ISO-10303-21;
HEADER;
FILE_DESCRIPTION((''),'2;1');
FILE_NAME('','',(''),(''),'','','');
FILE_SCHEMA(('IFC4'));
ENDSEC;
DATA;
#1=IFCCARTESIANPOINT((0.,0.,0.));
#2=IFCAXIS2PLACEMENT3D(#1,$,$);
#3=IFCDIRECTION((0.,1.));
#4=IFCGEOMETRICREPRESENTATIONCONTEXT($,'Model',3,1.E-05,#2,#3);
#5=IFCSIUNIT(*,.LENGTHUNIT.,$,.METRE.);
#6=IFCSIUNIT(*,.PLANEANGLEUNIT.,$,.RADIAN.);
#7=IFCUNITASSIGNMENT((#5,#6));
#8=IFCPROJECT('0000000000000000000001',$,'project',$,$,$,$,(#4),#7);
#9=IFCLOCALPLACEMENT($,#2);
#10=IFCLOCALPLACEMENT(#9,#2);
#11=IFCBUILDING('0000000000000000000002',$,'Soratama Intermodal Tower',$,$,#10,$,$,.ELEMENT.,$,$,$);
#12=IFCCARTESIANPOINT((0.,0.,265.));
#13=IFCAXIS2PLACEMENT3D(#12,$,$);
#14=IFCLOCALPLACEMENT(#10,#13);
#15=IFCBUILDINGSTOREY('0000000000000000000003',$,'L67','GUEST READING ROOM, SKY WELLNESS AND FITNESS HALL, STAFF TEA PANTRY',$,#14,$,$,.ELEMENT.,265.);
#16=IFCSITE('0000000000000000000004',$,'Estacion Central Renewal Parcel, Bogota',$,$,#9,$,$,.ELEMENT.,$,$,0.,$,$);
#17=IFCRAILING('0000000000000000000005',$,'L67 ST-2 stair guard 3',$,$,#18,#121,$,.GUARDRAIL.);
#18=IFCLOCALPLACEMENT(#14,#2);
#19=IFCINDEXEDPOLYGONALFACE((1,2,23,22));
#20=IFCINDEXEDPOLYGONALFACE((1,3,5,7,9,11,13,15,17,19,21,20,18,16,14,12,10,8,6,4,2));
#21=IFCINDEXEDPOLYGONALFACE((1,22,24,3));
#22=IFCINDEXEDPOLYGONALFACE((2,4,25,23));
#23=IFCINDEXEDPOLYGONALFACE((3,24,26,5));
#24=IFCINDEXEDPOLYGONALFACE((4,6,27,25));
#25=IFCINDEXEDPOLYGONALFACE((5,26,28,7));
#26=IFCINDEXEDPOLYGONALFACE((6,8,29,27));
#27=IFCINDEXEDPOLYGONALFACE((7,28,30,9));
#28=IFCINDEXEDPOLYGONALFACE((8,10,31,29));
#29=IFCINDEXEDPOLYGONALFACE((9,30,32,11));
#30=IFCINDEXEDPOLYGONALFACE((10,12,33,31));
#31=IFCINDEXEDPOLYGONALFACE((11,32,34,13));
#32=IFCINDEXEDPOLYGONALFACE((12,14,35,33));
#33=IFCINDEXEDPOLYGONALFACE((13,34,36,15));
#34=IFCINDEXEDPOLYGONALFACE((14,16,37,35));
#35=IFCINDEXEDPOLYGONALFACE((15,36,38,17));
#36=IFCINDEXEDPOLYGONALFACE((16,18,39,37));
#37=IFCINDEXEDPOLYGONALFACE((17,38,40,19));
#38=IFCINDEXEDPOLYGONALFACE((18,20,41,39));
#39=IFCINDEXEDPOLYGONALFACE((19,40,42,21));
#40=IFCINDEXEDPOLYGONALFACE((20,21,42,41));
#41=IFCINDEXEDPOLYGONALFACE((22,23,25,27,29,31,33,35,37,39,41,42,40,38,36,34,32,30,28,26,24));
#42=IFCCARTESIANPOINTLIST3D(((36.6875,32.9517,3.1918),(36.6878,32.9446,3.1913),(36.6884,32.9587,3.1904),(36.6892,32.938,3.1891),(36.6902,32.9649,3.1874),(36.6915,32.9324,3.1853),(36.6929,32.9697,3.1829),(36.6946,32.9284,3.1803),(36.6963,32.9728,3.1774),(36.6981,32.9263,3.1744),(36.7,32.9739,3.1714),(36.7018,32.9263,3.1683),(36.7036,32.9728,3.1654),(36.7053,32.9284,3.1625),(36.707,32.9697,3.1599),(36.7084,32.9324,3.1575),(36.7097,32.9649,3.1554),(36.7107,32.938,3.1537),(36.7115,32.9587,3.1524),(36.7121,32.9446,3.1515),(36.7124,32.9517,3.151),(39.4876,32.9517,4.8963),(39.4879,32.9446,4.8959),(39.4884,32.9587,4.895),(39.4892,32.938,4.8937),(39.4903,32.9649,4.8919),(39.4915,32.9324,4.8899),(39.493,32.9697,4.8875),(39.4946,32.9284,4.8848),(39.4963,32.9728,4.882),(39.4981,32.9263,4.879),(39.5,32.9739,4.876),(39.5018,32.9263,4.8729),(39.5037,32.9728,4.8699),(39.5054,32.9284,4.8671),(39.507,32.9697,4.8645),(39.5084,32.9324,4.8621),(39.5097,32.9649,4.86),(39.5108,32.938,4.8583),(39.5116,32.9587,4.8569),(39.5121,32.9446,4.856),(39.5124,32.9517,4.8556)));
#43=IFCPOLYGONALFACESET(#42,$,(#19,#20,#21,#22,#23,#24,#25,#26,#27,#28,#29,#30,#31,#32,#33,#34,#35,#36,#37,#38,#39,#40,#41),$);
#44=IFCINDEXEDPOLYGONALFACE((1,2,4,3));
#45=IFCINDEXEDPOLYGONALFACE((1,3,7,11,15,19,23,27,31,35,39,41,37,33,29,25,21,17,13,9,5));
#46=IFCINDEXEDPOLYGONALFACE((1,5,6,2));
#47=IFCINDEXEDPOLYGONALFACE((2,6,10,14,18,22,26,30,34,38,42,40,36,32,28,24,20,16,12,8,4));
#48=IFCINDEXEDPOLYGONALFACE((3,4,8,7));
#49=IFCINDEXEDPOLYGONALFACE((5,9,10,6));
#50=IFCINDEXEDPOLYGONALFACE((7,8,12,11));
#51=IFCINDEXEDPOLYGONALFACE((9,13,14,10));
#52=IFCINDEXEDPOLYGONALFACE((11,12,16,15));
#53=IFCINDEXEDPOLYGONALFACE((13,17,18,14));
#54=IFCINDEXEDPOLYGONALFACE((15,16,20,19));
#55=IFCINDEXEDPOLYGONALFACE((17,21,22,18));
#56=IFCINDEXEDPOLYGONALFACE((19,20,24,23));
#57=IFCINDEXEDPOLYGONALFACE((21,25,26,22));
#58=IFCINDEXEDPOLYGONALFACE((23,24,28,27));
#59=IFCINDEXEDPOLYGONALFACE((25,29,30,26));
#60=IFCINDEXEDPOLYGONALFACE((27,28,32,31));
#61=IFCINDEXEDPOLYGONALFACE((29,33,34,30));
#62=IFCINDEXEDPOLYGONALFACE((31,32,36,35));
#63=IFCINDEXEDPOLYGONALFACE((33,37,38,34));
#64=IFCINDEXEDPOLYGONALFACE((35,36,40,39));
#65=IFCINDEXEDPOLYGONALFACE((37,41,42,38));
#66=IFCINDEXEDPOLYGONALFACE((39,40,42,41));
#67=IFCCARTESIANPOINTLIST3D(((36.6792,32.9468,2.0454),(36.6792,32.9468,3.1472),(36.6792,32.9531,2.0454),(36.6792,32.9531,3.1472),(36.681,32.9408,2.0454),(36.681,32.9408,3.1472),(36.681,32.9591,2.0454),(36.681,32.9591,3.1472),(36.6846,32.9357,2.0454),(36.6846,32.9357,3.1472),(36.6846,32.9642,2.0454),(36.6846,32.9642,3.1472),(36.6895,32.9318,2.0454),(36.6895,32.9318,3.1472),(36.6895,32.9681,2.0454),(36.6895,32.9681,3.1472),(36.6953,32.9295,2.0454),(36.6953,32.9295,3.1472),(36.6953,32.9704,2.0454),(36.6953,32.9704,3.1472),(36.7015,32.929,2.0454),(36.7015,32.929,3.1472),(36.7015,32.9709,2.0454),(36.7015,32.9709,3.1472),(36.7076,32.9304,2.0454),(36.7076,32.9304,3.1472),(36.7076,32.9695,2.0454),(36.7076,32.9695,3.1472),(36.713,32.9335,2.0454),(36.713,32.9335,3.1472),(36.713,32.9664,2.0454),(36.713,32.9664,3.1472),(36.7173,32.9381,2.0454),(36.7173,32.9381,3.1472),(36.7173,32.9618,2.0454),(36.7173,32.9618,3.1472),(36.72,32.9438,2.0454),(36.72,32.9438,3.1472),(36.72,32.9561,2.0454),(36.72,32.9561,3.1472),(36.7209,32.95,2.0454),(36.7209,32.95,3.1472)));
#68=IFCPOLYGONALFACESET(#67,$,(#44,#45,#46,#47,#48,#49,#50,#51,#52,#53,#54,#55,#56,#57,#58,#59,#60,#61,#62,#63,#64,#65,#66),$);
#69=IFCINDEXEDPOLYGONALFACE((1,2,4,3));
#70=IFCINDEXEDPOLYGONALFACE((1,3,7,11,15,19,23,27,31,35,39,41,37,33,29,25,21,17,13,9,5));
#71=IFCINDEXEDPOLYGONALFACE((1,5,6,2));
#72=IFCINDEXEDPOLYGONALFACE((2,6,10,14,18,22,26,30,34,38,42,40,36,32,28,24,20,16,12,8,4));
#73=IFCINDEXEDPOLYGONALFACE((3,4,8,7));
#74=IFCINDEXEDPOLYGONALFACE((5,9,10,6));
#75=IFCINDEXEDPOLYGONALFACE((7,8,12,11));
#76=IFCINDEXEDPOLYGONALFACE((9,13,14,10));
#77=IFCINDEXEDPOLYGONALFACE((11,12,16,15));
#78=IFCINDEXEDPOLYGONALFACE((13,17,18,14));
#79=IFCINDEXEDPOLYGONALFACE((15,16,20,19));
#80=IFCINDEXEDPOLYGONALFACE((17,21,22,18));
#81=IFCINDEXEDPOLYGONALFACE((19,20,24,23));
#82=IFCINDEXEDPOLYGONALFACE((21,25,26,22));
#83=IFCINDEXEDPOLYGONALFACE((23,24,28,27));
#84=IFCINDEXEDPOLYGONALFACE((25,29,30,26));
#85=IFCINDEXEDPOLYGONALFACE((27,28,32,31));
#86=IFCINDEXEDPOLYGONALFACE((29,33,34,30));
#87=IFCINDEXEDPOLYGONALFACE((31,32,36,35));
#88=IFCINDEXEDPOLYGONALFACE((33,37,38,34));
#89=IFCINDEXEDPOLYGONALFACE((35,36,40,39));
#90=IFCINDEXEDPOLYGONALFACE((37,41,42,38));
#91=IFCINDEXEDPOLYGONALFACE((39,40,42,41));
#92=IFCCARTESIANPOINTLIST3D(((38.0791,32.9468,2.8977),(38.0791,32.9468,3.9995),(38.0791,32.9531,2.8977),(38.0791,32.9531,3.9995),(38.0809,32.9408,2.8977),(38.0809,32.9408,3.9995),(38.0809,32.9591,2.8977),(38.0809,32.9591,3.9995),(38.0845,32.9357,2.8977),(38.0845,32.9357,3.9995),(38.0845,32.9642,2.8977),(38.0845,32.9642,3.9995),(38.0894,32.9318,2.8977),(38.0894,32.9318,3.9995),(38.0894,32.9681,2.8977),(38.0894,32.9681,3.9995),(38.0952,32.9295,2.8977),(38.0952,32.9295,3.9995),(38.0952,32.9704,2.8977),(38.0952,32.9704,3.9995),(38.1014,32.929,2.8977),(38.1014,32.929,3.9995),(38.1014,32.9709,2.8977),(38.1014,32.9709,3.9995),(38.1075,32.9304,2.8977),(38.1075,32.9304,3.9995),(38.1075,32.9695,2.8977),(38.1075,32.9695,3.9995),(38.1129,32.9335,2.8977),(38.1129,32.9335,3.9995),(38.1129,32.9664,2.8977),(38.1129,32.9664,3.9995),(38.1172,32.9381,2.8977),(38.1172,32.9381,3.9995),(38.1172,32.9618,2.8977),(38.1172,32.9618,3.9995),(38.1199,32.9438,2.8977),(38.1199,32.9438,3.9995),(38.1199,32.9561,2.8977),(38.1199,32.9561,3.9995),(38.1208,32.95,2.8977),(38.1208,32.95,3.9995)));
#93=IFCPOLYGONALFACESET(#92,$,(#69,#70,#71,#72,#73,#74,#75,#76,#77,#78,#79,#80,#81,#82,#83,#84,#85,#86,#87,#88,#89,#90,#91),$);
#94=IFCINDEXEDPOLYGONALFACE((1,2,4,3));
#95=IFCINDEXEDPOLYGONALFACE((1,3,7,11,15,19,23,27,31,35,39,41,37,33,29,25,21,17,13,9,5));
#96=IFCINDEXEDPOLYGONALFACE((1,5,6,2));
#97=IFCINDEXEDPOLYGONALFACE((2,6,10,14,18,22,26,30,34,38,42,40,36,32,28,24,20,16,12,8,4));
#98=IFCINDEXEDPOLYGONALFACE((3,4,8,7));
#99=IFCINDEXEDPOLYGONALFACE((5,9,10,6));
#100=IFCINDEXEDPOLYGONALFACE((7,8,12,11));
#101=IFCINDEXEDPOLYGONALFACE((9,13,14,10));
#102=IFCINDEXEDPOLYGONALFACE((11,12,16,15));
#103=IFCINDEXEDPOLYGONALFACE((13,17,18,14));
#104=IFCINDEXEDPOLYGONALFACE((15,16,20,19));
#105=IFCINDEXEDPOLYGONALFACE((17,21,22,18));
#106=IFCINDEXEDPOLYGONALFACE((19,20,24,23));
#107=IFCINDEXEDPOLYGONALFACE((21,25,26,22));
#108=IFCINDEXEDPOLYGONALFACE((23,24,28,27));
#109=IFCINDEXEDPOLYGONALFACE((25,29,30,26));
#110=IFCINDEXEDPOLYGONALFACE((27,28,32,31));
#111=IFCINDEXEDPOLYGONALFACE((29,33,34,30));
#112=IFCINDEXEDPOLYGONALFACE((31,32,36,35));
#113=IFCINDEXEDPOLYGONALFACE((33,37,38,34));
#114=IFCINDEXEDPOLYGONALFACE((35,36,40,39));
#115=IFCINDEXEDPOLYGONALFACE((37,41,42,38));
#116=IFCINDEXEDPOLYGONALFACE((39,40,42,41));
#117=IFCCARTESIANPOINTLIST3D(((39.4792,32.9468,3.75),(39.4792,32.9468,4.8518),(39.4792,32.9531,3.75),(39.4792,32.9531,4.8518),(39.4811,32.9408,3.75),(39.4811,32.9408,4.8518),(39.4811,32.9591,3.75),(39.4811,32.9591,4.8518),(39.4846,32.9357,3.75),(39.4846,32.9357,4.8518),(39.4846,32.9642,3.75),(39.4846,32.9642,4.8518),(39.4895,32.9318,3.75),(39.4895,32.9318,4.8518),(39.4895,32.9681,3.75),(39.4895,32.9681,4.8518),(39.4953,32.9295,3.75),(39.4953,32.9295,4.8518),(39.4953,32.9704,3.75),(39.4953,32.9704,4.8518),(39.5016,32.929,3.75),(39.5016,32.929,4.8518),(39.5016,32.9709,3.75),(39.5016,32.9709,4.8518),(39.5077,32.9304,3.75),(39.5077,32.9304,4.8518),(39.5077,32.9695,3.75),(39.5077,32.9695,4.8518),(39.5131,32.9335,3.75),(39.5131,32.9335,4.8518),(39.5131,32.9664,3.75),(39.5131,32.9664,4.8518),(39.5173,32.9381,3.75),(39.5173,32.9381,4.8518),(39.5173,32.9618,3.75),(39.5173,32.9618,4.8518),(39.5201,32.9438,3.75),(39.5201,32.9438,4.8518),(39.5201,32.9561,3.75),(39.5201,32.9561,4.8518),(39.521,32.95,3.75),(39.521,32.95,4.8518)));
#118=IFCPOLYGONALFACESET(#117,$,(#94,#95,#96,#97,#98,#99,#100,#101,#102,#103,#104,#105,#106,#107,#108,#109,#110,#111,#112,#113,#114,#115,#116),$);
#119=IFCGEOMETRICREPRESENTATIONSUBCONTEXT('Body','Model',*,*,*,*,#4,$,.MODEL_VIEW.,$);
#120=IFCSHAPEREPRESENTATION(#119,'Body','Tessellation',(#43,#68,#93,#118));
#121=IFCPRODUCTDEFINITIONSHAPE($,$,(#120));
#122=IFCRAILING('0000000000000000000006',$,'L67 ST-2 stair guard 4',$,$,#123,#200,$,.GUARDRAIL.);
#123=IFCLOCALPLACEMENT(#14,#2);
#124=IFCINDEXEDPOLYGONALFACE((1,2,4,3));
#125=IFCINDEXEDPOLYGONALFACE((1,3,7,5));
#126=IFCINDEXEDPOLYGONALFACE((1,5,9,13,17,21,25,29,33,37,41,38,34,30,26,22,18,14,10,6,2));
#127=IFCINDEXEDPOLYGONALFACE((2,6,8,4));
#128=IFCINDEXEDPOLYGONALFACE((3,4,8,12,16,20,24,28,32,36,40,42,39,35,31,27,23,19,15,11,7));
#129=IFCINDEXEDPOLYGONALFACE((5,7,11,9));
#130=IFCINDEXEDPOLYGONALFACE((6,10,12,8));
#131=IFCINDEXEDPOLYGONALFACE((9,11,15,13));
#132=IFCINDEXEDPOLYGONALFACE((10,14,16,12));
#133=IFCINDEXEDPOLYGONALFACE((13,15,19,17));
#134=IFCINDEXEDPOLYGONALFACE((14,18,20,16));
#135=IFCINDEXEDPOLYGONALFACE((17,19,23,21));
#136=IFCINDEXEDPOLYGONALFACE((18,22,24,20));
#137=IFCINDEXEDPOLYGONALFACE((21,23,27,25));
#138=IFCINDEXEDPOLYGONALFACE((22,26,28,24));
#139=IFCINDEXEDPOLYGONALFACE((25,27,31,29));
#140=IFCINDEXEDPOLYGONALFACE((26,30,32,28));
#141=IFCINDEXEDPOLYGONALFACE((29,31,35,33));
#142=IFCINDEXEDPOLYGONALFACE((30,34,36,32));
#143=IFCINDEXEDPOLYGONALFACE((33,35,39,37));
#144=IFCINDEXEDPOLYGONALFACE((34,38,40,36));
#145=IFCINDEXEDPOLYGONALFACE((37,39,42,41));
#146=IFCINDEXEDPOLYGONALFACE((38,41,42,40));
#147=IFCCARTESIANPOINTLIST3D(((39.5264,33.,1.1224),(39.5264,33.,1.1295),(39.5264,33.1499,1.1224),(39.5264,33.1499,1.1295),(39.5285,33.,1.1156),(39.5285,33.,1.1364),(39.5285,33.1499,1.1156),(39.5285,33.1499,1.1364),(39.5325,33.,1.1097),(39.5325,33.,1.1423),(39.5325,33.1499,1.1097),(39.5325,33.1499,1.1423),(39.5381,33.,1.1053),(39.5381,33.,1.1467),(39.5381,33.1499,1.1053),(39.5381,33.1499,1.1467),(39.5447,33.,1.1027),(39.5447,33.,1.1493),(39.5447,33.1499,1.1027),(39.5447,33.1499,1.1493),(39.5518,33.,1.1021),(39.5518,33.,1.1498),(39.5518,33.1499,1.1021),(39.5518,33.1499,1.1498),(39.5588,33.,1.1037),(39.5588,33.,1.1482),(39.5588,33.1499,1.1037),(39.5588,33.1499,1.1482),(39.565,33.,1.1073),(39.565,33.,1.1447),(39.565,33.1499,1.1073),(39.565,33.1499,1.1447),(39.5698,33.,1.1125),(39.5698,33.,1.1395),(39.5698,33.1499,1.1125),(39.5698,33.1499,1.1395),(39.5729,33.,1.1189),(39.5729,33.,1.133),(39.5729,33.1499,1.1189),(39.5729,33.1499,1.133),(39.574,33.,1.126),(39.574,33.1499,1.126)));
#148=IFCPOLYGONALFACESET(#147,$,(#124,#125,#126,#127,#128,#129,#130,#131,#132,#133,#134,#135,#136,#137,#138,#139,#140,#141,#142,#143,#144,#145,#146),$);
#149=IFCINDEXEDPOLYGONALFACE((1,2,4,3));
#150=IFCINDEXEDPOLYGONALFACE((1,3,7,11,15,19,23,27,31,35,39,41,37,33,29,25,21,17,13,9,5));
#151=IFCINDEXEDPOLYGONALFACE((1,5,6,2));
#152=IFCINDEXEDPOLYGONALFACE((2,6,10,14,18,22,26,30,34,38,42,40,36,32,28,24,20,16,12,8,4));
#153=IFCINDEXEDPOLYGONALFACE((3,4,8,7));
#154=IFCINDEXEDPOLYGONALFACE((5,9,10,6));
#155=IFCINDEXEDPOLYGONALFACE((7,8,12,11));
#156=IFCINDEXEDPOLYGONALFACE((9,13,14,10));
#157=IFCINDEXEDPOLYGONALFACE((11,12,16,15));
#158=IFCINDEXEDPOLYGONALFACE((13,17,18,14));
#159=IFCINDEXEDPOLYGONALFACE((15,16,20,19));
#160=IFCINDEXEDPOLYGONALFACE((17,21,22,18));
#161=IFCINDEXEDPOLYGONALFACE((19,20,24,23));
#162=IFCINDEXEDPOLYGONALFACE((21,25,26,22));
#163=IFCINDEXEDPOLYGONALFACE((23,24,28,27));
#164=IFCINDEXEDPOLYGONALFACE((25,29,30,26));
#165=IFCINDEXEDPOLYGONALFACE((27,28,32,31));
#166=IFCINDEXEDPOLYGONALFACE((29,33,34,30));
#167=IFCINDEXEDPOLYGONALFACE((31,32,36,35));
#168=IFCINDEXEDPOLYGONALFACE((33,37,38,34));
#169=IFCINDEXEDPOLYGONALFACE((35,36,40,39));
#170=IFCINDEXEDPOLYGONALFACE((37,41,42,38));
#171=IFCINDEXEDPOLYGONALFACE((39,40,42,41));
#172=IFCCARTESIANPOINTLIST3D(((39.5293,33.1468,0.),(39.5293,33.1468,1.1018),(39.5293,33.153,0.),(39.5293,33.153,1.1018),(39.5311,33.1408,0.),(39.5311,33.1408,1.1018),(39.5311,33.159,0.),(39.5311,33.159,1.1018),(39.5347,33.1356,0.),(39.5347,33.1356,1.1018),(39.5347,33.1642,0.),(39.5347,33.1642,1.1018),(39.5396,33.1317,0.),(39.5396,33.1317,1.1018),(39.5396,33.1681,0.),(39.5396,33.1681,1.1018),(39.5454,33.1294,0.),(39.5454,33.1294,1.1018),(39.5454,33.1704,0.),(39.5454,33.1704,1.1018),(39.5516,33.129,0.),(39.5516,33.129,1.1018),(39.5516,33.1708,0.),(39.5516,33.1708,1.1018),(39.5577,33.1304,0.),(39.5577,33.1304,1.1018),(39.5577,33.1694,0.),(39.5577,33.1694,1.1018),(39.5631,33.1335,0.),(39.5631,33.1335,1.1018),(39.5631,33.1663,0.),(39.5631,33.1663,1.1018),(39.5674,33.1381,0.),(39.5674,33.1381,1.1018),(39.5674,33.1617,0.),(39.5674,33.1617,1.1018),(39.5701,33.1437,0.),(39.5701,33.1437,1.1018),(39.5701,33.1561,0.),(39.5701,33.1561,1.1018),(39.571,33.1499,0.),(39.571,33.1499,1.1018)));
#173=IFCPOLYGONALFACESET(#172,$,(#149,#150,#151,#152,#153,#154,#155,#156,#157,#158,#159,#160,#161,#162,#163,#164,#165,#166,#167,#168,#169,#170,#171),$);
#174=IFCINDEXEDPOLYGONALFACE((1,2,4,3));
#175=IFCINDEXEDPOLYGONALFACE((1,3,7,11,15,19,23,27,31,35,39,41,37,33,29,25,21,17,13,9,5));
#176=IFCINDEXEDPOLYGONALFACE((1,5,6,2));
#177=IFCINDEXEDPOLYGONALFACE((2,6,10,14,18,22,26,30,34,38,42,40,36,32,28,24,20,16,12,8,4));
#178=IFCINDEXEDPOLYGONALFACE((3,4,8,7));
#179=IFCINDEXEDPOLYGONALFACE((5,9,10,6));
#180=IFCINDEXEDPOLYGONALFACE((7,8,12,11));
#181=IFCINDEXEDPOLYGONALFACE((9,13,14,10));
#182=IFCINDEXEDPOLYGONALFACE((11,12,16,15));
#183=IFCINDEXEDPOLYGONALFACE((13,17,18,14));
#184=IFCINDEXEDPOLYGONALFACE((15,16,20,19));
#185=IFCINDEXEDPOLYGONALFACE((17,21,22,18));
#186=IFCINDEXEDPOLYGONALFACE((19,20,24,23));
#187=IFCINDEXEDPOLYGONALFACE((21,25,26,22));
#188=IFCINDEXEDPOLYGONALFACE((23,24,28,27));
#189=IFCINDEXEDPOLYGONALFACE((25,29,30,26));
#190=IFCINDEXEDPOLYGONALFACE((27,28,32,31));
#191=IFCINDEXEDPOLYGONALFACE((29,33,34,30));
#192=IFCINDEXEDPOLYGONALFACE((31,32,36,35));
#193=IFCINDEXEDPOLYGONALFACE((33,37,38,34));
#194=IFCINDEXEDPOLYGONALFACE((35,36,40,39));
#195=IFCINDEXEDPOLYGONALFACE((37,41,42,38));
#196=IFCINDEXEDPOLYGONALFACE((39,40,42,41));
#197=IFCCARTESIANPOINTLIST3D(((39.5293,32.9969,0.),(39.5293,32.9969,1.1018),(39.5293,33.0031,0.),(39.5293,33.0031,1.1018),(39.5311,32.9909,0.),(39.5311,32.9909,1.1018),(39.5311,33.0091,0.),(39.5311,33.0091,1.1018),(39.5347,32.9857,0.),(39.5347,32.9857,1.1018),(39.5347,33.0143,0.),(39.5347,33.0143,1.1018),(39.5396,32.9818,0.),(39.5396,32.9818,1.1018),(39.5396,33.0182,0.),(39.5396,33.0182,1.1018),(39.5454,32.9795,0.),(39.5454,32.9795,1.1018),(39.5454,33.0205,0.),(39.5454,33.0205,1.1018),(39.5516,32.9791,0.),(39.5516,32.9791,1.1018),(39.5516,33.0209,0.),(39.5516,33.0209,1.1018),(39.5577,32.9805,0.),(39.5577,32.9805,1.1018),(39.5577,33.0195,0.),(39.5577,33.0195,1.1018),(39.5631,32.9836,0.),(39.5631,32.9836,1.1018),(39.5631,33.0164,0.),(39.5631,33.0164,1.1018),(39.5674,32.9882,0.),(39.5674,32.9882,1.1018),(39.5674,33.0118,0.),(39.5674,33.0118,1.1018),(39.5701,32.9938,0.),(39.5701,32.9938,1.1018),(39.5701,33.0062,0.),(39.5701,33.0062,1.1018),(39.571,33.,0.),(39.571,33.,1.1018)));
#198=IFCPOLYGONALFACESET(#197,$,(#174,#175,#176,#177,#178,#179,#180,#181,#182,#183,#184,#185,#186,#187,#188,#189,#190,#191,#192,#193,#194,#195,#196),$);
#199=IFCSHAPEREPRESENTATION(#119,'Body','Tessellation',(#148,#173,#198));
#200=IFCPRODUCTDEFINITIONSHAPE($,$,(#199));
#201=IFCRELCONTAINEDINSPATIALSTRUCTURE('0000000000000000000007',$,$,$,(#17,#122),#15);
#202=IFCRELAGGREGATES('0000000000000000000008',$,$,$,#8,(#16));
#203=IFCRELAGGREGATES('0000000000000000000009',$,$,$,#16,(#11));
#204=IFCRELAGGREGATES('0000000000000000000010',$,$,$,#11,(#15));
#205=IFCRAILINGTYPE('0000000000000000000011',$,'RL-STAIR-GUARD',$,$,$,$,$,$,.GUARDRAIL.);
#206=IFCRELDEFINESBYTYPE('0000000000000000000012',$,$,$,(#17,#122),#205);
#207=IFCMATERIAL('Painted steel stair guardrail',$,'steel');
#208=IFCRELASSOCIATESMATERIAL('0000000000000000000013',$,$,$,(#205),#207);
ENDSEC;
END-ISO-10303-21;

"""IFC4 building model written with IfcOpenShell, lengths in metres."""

from ifc_helpers import new_model, si_unit, direction, frame, origin, origin_2d, place, context, subcontext, project, spatial, circle, extrude, material, type_object, element, save


model = new_model("IFC4")

# Units and contexts
model_context = context("Model", 3, precision=1e-05, world=origin(), true_north=direction((0.0, 1.0)))
body_context = subcontext(model_context, "Body", "Model", "MODEL_VIEW")
ifc_project = project(units=[si_unit("LENGTHUNIT", "METRE"), si_unit("PLANEANGLEUNIT", "RADIAN")], contexts=[model_context])

# Site, building, storey
site_placement = place(None, origin())
site = spatial("IfcSite", under=ifc_project, at=site_placement, Name="Estacion Central Renewal Parcel, Bogota", CompositionType="ELEMENT", RefElevation=0.0)
building_placement = place(site_placement, origin())
building = spatial("IfcBuilding", under=site, at=building_placement, Name="Soratama Intermodal Tower", CompositionType="ELEMENT")
storey_placement = place(building_placement, frame((0.0, 0.0, 265.0)))
storey = spatial("IfcBuildingStorey", under=building, at=storey_placement, Name="L67", Description="GUEST READING ROOM, SKY WELLNESS AND FITNESS HALL, STAFF TEA PANTRY", CompositionType="ELEMENT", Elevation=265.0)

# Railings
ifc_material_1 = material(Name="Painted steel stair guardrail", Category="steel")
railing_type_1 = type_object("IfcRailingType", Name="RL-STAIR-GUARD", PredefinedType="GUARDRAIL", material=ifc_material_1)
railing_1_placement = place(storey_placement, frame((36.7, 32.95, 2.0454)))
element("IfcRailing", 1, at=railing_1_placement, inside=storey, type_object=railing_type_1, Name="L67 ST-2 stair guard 3", PredefinedType="GUARDRAIL", context=body_context, shape_type="SweptSolid", body=[
    extrude(circle(Radius=0.0239, at=origin_2d()), frame((0.0, 0.0, 1.126), z_axis=(0.85417, 0.0, 0.519994), x_axis=(0.0, 1.0, 0.0)), (0.0, 0.0, 1.0), 3.2781),
    extrude(circle(Radius=0.021, at=origin_2d()), origin(), (0.0, 0.0, 1.0), 1.1018),
    extrude(circle(Radius=0.021, at=origin_2d()), frame((1.3999, 0.0, 0.8523)), (0.0, 0.0, 1.0), 1.1018),
    extrude(circle(Radius=0.021, at=origin_2d()), frame((2.8, 0.0, 1.7046)), (0.0, 0.0, 1.0), 1.1018),
])
railing_2_placement = place(storey_placement, frame((39.55, 33.1499, 0.0)))
element("IfcRailing", 2, at=railing_2_placement, inside=storey, type_object=railing_type_1, Name="L67 ST-2 stair guard 4", PredefinedType="GUARDRAIL", context=body_context, shape_type="SweptSolid", body=[
    extrude(circle(Radius=0.0239, at=origin_2d()), frame((0.0, 0.0, 1.126), z_axis=(0.0, -1.0, 0.0), x_axis=(1.0, 0.0, 0.0)), (0.0, 0.0, 1.0), 0.1499),
    extrude(circle(Radius=0.021, at=origin_2d()), origin(), (0.0, 0.0, 1.0), 1.1018),
    extrude(circle(Radius=0.021, at=origin_2d()), frame((0.0, -0.1499, 0.0)), (0.0, 0.0, 1.0), 1.1018),
])

save(model, "model.ifc")
